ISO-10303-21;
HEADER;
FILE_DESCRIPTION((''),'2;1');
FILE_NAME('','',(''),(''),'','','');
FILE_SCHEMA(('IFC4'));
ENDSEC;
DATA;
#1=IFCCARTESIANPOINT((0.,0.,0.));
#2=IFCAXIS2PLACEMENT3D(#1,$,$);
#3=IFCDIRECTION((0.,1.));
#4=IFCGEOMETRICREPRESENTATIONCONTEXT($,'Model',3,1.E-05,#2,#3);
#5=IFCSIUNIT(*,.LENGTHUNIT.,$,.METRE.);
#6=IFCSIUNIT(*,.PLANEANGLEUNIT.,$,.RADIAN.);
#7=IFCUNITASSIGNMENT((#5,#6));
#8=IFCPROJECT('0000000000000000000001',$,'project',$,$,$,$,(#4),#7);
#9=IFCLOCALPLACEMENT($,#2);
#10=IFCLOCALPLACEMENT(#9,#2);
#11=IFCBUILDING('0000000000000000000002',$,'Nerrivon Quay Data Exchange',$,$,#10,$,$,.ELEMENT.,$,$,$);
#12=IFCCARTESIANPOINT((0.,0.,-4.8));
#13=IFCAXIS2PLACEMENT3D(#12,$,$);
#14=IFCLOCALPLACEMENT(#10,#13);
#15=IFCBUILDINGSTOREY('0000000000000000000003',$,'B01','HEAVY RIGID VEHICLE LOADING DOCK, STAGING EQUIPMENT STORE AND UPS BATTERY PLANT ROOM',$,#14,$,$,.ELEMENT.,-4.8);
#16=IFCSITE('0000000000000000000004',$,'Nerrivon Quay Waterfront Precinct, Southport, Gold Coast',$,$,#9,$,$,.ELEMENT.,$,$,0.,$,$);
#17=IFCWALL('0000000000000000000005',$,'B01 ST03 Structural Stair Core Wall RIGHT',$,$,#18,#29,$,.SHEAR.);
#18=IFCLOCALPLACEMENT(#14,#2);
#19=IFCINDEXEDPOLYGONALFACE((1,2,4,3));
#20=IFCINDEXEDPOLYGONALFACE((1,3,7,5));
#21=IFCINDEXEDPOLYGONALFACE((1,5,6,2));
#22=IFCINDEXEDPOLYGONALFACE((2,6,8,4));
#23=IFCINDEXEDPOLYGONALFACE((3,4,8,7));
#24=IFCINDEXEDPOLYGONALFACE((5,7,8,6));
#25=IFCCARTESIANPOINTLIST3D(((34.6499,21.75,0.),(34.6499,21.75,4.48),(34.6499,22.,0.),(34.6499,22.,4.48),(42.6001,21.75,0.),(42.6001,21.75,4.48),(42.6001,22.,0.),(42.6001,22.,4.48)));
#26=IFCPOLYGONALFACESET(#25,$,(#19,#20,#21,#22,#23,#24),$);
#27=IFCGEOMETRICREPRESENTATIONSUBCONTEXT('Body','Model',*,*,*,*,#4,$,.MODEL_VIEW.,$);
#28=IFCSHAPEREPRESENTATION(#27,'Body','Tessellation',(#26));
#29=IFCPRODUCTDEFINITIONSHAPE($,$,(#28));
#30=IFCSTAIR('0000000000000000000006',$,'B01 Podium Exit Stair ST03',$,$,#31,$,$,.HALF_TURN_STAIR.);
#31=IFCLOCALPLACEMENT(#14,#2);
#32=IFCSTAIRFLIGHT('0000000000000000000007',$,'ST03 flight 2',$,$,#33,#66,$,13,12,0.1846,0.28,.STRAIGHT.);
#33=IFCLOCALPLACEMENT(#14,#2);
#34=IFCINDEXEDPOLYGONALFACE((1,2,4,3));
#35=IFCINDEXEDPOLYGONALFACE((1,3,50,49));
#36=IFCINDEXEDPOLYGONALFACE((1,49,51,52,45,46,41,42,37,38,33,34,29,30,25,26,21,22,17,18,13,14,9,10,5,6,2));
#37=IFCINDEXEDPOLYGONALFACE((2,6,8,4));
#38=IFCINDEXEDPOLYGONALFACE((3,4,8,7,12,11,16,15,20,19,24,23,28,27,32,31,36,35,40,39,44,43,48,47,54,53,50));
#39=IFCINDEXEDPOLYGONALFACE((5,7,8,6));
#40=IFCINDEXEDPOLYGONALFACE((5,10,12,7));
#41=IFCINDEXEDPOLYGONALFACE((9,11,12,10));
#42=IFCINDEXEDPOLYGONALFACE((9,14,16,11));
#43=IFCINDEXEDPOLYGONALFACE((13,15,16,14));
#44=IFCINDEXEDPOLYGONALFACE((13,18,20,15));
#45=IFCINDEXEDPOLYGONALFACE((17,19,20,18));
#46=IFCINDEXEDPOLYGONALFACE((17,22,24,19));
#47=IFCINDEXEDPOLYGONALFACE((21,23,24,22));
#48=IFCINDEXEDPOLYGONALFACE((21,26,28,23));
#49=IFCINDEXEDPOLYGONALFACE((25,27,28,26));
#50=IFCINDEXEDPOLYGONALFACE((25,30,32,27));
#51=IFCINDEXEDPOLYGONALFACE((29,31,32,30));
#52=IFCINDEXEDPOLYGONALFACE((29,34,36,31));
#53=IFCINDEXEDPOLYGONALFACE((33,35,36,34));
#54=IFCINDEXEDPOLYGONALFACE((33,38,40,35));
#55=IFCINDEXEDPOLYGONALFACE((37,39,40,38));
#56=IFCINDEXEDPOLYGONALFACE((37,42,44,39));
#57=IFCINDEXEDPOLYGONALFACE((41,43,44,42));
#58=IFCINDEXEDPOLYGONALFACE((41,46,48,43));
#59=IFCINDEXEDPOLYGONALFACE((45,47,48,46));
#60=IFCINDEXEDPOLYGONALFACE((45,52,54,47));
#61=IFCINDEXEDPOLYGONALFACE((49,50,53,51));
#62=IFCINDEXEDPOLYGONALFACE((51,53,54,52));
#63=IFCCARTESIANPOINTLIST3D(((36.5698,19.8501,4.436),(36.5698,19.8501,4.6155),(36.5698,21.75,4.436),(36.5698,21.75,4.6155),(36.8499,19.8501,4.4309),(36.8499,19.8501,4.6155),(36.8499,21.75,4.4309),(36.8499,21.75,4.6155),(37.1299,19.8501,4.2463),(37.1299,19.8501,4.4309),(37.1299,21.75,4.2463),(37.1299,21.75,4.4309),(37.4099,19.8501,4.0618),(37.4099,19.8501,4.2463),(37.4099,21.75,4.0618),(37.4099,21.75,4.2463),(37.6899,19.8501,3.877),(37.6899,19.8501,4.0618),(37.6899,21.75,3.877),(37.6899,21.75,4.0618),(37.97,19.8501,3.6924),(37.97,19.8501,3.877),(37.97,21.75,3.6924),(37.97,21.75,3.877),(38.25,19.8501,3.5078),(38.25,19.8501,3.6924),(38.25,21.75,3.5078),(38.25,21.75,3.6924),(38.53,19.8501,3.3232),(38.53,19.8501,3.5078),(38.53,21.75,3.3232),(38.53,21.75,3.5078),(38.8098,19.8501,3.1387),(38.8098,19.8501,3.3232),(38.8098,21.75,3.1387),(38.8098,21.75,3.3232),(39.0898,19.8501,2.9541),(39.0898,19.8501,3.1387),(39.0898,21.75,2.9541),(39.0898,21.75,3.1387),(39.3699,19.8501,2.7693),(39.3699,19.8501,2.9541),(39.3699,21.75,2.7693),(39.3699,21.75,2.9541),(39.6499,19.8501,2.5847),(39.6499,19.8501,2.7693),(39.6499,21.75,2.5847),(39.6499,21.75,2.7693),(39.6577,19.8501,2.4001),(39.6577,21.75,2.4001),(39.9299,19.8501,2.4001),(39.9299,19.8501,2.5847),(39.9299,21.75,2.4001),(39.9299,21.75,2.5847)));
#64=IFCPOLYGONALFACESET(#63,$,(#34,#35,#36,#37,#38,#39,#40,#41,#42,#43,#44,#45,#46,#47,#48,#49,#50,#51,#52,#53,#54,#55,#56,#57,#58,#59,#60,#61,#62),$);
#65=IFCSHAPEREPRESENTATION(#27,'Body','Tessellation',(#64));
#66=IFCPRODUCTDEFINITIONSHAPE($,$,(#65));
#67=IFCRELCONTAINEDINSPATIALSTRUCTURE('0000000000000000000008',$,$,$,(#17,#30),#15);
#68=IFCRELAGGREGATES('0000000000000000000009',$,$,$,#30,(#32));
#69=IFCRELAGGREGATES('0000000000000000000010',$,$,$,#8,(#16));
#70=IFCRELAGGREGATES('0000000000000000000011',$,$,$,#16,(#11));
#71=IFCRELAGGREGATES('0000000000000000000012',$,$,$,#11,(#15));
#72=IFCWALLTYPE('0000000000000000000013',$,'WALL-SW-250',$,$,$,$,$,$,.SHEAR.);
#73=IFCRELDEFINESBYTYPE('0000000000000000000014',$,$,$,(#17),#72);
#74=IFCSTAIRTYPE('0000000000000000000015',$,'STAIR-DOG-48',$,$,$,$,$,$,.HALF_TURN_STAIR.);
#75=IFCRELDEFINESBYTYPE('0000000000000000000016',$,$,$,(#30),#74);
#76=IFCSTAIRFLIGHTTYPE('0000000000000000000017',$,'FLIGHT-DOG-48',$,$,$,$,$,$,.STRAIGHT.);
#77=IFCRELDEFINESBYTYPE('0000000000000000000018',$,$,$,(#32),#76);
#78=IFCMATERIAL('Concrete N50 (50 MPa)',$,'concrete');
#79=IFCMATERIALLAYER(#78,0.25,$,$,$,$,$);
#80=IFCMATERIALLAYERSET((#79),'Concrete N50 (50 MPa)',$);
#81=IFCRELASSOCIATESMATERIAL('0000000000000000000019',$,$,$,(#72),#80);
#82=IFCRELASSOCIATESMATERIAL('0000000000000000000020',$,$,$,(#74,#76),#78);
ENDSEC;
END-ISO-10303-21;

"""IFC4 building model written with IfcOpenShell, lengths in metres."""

from ifc_helpers import new_model, si_unit, direction, frame, frame_2d, origin, place, context, subcontext, project, spatial, polyline, rectangle, outline, extrude, material, layer, layer_set, type_object, element, aggregate, save


model = new_model("IFC4")

# Units and contexts
model_context = context("Model", 3, precision=1e-05, world=origin(), true_north=direction((0.0, 1.0)))
body_context = subcontext(model_context, "Body", "Model", "MODEL_VIEW")
ifc_project = project(units=[si_unit("LENGTHUNIT", "METRE"), si_unit("PLANEANGLEUNIT", "RADIAN")], contexts=[model_context])

# Site, building, storey
site_placement = place(None, origin())
site = spatial("IfcSite", under=ifc_project, at=site_placement, Name="Nerrivon Quay Waterfront Precinct, Southport, Gold Coast", CompositionType="ELEMENT", RefElevation=0.0)
building_placement = place(site_placement, origin())
building = spatial("IfcBuilding", under=site, at=building_placement, Name="Nerrivon Quay Data Exchange", CompositionType="ELEMENT")
storey_placement = place(building_placement, frame((0.0, 0.0, -4.8)))
storey = spatial("IfcBuildingStorey", under=building, at=storey_placement, Name="B01", Description="HEAVY RIGID VEHICLE LOADING DOCK, STAGING EQUIPMENT STORE AND UPS BATTERY PLANT ROOM", CompositionType="ELEMENT", Elevation=-4.8)

# Wall
ifc_material_1 = material(Name="Concrete N50 (50 MPa)", Category="concrete")
ifc_layer_1 = layer(ifc_material_1, 0.25)
ifc_layer_set_1 = layer_set([ifc_layer_1], Name="Concrete N50 (50 MPa)")
wall_type_1 = type_object("IfcWallType", Name="WALL-SW-250", PredefinedType="SHEAR", material=ifc_layer_set_1)
wall_1_placement = place(storey_placement, frame((34.6499, 21.875, 0.0), z_axis=(0.0, 0.0, 1.0), x_axis=(1.0, 0.0, 0.0)))
element("IfcWall", 1, at=wall_1_placement, inside=storey, type_object=wall_type_1, Name="B01 ST03 Structural Stair Core Wall RIGHT", PredefinedType="SHEAR", context=body_context, shape_type="SweptSolid", body=[
    extrude(rectangle(XDim=7.9502, YDim=0.25, at=frame_2d((3.9751, 0.0))), origin(), (0.0, 0.0, 1.0), 4.48),
])

# Stair, stair flight
stair_type = type_object("IfcStairType", Name="STAIR-DOG-48", PredefinedType="HALF_TURN_STAIR", material=ifc_material_1)
stair_placement = place(storey_placement, origin())
stair = element("IfcStair", 2, at=stair_placement, inside=storey, type_object=stair_type, Name="B01 Podium Exit Stair ST03", PredefinedType="HALF_TURN_STAIR")
stair_flight_type = type_object("IfcStairFlightType", Name="FLIGHT-DOG-48", PredefinedType="STRAIGHT", material=ifc_material_1)
stair_flight_placement = place(storey_placement, frame((39.9299, 20.8, 2.4001), z_axis=(0.0, 0.0, 1.0), x_axis=(-1.0, 0.0, 0.0)))
stair_flight = element("IfcStairFlight", 3, at=stair_flight_placement, type_object=stair_flight_type, Name="ST03 flight 2", NumberOfRisers=13, NumberOfTreads=12, PredefinedType="STRAIGHT", RiserHeight=0.1846, TreadLength=0.28, context=body_context, shape_type="SweptSolid", body=[
    extrude(outline(polyline([(0.0, 0.0), (0.0, 0.1846), (0.28, 0.1846), (0.28, 0.3691), (0.5601, 0.3691), (0.5601, 0.554), (0.8401, 0.554), (0.8401, 0.7385), (1.1201, 0.7385), (1.1201, 0.9231), (1.3999, 0.9231), (1.3999, 1.1077), (1.6799, 1.1077), (1.6799, 1.2922), (1.96, 1.2922), (1.96, 1.4768), (2.24, 1.4768), (2.24, 1.6616), (2.52, 1.6616), (2.52, 1.8462), (2.8, 1.8462), (2.8, 2.0308), (3.0801, 2.0308), (3.0801, 2.2153), (3.3601, 2.2153), (3.3601, 2.3999), (3.3601, 2.0359), (0.2722, 0.0), (0.0, 0.0)])), frame((0.0, 0.95, 0.0), z_axis=(0.0, -1.0, 0.0), x_axis=(1.0, 0.0, 0.0)), (0.0, 0.0, 1.0), 1.8999),
])
aggregate(stair, [stair_flight])

save(model, "model.ifc")
